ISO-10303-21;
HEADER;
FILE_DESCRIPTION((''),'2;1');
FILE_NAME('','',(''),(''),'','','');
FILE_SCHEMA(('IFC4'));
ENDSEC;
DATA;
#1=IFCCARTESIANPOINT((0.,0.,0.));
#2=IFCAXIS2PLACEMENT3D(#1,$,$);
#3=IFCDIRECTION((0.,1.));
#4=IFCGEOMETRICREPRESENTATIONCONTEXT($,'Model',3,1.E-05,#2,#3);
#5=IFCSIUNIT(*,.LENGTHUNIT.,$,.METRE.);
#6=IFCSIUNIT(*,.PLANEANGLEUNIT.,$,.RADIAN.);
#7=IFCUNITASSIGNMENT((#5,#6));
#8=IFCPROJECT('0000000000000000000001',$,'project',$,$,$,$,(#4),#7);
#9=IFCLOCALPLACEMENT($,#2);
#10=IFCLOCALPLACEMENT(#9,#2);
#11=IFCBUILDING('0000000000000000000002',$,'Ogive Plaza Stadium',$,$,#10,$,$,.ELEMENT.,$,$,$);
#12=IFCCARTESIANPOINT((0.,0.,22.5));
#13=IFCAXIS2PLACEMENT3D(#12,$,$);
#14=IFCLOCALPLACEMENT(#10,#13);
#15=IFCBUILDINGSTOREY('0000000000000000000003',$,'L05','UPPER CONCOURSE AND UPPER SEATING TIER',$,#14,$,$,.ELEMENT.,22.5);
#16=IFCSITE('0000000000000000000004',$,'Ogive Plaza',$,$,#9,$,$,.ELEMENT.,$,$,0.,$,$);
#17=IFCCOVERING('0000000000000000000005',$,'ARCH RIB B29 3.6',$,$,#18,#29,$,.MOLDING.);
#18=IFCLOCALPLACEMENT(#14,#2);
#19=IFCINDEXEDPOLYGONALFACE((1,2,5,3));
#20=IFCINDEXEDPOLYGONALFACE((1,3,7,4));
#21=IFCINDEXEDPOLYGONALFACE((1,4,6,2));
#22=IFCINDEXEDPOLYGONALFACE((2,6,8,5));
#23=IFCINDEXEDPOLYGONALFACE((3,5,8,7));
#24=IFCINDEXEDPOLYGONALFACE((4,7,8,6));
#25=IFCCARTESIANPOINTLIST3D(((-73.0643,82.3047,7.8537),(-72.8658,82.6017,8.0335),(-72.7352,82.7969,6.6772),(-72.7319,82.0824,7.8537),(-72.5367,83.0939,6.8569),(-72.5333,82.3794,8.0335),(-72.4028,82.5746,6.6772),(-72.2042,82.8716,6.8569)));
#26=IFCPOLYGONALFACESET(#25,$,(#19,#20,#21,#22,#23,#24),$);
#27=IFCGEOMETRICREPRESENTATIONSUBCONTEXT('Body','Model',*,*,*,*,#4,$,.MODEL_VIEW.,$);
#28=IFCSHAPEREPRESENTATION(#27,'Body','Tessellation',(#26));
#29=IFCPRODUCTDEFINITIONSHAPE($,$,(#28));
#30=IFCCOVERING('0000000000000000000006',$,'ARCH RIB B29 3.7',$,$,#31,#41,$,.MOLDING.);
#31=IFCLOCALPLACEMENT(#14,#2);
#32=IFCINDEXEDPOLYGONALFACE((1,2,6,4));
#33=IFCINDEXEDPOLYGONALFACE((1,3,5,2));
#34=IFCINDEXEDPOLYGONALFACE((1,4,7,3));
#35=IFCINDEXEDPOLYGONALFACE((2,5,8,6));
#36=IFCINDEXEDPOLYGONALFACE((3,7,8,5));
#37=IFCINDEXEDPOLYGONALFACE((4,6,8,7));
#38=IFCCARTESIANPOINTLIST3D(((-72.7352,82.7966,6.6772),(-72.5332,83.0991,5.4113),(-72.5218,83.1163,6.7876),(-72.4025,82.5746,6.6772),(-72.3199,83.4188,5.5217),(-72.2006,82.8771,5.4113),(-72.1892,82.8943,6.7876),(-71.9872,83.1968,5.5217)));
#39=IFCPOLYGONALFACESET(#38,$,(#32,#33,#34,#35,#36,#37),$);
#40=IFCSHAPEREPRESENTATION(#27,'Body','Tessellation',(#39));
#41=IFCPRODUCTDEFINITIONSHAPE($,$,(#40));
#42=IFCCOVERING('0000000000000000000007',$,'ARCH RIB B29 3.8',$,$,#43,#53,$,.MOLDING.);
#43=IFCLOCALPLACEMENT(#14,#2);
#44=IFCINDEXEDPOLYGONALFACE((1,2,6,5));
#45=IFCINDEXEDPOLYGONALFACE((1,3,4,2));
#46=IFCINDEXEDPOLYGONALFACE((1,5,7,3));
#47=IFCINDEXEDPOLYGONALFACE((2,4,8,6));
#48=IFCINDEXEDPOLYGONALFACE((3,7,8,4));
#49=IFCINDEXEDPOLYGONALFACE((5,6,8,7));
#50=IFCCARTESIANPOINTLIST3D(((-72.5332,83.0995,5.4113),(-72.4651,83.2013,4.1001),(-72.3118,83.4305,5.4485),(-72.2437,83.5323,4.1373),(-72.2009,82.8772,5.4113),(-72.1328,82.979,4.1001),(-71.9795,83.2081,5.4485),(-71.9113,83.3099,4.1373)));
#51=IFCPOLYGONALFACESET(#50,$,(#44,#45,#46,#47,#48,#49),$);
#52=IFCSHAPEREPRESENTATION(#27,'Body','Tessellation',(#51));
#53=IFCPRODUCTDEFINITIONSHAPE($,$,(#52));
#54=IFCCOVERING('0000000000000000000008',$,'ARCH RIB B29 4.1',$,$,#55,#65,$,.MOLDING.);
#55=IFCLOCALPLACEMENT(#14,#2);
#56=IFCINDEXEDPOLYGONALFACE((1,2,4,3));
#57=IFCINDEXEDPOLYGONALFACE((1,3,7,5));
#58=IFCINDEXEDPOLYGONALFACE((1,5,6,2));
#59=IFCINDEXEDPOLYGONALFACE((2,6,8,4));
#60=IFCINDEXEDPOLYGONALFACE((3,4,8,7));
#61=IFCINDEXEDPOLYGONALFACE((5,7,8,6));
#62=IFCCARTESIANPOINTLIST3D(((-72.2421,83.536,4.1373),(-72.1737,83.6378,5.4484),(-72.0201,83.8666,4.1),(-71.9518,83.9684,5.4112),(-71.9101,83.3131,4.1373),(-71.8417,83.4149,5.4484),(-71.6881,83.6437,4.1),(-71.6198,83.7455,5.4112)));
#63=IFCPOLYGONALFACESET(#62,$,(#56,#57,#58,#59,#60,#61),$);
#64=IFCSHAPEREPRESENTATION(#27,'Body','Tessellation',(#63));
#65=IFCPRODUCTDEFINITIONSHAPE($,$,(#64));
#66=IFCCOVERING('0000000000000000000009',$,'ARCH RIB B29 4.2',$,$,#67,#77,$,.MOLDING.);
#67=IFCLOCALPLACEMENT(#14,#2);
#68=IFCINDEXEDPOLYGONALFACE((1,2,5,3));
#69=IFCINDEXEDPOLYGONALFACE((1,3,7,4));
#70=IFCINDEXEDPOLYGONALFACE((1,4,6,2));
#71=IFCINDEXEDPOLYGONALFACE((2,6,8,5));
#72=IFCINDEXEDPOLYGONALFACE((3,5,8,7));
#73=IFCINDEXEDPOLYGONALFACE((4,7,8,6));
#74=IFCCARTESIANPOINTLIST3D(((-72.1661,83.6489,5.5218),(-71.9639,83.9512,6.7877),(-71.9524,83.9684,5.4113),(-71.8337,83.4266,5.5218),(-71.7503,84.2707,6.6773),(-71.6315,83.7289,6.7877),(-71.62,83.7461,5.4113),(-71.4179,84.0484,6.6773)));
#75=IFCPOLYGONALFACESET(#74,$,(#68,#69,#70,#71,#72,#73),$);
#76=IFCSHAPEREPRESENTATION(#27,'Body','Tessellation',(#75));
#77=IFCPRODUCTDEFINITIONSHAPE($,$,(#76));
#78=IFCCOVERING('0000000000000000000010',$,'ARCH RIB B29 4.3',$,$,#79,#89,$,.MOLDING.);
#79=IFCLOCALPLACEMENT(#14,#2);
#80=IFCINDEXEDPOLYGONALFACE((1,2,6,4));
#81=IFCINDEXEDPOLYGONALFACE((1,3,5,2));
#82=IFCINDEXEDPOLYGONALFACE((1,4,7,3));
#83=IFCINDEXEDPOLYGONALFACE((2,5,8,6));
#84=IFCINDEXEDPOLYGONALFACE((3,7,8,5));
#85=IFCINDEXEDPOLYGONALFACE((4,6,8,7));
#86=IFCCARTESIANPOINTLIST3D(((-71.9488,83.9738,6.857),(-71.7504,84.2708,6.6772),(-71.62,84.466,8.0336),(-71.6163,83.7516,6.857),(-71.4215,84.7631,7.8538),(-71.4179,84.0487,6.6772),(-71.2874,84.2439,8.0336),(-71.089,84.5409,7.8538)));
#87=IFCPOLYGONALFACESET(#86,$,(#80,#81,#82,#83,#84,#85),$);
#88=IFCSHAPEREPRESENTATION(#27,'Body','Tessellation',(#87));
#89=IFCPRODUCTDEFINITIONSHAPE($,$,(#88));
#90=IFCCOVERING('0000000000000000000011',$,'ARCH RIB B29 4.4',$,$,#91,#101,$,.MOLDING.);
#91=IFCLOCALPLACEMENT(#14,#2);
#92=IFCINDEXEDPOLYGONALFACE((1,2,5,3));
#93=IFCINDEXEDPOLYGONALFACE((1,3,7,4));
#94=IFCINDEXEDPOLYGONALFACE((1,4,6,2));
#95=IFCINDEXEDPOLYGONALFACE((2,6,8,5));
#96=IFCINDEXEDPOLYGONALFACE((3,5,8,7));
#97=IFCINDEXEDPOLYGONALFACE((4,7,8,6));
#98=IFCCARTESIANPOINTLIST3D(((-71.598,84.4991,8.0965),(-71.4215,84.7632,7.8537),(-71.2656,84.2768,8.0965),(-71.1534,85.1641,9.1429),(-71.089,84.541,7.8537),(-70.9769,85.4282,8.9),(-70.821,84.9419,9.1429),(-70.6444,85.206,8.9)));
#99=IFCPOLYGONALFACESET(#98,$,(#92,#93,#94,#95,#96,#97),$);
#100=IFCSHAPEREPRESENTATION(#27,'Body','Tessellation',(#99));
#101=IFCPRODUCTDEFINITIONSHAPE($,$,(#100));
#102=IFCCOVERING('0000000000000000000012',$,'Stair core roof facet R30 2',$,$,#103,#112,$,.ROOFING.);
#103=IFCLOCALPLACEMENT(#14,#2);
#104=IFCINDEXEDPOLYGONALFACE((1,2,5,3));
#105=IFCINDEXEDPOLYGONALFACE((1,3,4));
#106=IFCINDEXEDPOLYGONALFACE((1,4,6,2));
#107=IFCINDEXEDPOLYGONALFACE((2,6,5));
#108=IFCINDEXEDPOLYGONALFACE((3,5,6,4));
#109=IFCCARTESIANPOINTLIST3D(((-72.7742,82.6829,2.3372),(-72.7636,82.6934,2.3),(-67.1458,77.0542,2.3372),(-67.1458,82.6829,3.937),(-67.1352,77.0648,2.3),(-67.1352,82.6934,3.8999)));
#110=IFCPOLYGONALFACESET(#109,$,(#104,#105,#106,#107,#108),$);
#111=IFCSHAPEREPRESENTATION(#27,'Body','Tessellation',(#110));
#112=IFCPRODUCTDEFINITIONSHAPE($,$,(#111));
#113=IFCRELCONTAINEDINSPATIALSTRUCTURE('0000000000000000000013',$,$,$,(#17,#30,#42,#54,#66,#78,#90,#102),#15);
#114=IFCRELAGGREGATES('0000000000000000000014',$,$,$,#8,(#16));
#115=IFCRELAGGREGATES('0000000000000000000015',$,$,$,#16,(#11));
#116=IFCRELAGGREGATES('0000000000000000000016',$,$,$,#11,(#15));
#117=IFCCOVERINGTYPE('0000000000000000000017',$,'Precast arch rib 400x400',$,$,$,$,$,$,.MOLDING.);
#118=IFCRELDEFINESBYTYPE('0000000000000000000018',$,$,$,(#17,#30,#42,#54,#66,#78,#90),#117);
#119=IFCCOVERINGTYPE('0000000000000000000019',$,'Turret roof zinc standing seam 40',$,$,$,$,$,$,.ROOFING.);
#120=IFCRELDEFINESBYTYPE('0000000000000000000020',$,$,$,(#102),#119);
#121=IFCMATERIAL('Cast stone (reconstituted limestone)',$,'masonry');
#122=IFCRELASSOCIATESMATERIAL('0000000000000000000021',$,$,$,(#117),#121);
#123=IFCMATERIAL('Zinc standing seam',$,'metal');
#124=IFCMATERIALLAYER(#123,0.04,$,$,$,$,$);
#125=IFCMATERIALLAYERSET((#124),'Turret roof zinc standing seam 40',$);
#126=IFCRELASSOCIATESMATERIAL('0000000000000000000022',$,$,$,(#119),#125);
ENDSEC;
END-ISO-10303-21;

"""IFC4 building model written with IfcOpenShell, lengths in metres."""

from ifc_helpers import new_model, si_unit, direction, frame, origin, origin_2d, place, context, subcontext, project, spatial, polyline, rectangle, outline, extrude, material, layer, layer_set, material_profile, profile_set, type_object, element, save


model = new_model("IFC4")

# Units and contexts
model_context = context("Model", 3, precision=1e-05, world=origin(), true_north=direction((0.0, 1.0)))
body_context = subcontext(model_context, "Body", "Model", "MODEL_VIEW")
ifc_project = project(units=[si_unit("LENGTHUNIT", "METRE"), si_unit("PLANEANGLEUNIT", "RADIAN")], contexts=[model_context])

# Site, building, storey
site_placement = place(None, origin())
site = spatial("IfcSite", under=ifc_project, at=site_placement, Name="Ogive Plaza", CompositionType="ELEMENT", RefElevation=0.0)
building_placement = place(site_placement, origin())
building = spatial("IfcBuilding", under=site, at=building_placement, Name="Ogive Plaza Stadium", CompositionType="ELEMENT")
storey_placement = place(building_placement, frame((0.0, 0.0, 22.5)))
storey = spatial("IfcBuildingStorey", under=building, at=storey_placement, Name="L05", Description="UPPER CONCOURSE AND UPPER SEATING TIER", CompositionType="ELEMENT", Elevation=22.5)

# Coverings
ifc_material_1 = material(Name="Cast stone (reconstituted limestone)", Category="masonry")
ifc_material_profile_1 = material_profile(ifc_material_1, rectangle(XDim=0.3999, YDim=0.3999, at=origin_2d()), Name="Cast stone 400x400")
ifc_profile_set_1 = profile_set([ifc_material_profile_1], Name="Cast stone (reconstituted limestone)")
covering_type_1 = type_object("IfcCoveringType", Name="Precast arch rib 400x400", PredefinedType="MOLDING", material=ifc_profile_set_1)
for number, where, z_axis, x_axis, name in (
    (1, (-72.7988, 82.342, 7.9436), (0.249869, 0.373692, -0.893264), (-0.831288, 0.555842, 0.0), "ARCH RIB B29 3.6"),
    (2, (-72.4622, 82.8455, 6.7324), (0.153297, 0.229668, -0.96112), (-0.83174, 0.555165, 0.0), "ARCH RIB B29 3.7"),
):
    element("IfcCovering", number, at=place(storey_placement, frame(where, z_axis=z_axis, x_axis=x_axis)), inside=storey, type_object=covering_type_1, Name=name, PredefinedType="MOLDING", context=body_context, shape_type="SweptSolid", body=[
        extrude(rectangle(XDim=0.3999, YDim=0.3999, at=origin_2d()), origin(), (0.0, 0.0, 1.0), 1.3171),
    ])
for number, where, z_axis, x_axis, name in (
    (3, (-72.2563, 83.1538, 5.4299), (0.05172, 0.077303, -0.995665), (-0.831129, 0.556079, 0.0), "ARCH RIB B29 3.8"),
    (4, (-71.9651, 83.5898, 4.1187), (0.051905, 0.077302, 0.995656), (-0.830208, 0.557454, 0.0), "ARCH RIB B29 4.1"),
):
    element("IfcCovering", number, at=place(storey_placement, frame(where, z_axis=z_axis, x_axis=x_axis)), inside=storey, type_object=covering_type_1, Name=name, PredefinedType="MOLDING", context=body_context, shape_type="SweptSolid", body=[
        extrude(rectangle(XDim=0.3999, YDim=0.3999, at=origin_2d()), origin(), (0.0, 0.0, 1.0), 1.3169),
    ])
for number, where, z_axis, x_axis, name in (
    (5, (-71.8931, 83.6975, 5.4666), (0.153485, 0.229486, 0.961134), (-0.831223, 0.555939, 0.0), "ARCH RIB B29 4.2"),
    (6, (-71.6833, 84.0112, 6.7671), (0.249695, 0.373709, 0.893305), (-0.831479, 0.555557, 0.0), "ARCH RIB B29 4.3"),
    (7, (-71.3435, 84.52, 7.9751), (0.337535, 0.504912, 0.794439), (-0.831345, 0.555756, 0.0), "ARCH RIB B29 4.4"),
):
    element("IfcCovering", number, at=place(storey_placement, frame(where, z_axis=z_axis, x_axis=x_axis)), inside=storey, type_object=covering_type_1, Name=name, PredefinedType="MOLDING", context=body_context, shape_type="SweptSolid", body=[
        extrude(rectangle(XDim=0.3999, YDim=0.3999, at=origin_2d()), origin(), (0.0, 0.0, 1.0), 1.3171),
    ])
ifc_material_2 = material(Name="Zinc standing seam", Category="metal")
ifc_layer_1 = layer(ifc_material_2, 0.04)
ifc_layer_set_1 = layer_set([ifc_layer_1], Name="Turret roof zinc standing seam 40")
covering_type_2 = type_object("IfcCoveringType", Name="Turret roof zinc standing seam 40", PredefinedType="ROOFING", material=ifc_layer_set_1)
covering_placement = place(storey_placement, frame((-72.7742, 82.6829, 2.3372), z_axis=(-0.263735, -0.263724, 0.927843), x_axis=(0.707091, -0.707122, 0.0)))
element("IfcCovering", 8, at=covering_placement, inside=storey, type_object=covering_type_2, Name="Stair core roof facet R30 2", PredefinedType="ROOFING", context=body_context, shape_type="SweptSolid", body=[
    extrude(outline(polyline([(0.0, 0.0), (7.96, 0.0), (3.9798, 4.2895), (0.0, 0.0)])), origin(), (0.0, 0.0, -1.0), 0.04),
])

save(model, "model.ifc")
